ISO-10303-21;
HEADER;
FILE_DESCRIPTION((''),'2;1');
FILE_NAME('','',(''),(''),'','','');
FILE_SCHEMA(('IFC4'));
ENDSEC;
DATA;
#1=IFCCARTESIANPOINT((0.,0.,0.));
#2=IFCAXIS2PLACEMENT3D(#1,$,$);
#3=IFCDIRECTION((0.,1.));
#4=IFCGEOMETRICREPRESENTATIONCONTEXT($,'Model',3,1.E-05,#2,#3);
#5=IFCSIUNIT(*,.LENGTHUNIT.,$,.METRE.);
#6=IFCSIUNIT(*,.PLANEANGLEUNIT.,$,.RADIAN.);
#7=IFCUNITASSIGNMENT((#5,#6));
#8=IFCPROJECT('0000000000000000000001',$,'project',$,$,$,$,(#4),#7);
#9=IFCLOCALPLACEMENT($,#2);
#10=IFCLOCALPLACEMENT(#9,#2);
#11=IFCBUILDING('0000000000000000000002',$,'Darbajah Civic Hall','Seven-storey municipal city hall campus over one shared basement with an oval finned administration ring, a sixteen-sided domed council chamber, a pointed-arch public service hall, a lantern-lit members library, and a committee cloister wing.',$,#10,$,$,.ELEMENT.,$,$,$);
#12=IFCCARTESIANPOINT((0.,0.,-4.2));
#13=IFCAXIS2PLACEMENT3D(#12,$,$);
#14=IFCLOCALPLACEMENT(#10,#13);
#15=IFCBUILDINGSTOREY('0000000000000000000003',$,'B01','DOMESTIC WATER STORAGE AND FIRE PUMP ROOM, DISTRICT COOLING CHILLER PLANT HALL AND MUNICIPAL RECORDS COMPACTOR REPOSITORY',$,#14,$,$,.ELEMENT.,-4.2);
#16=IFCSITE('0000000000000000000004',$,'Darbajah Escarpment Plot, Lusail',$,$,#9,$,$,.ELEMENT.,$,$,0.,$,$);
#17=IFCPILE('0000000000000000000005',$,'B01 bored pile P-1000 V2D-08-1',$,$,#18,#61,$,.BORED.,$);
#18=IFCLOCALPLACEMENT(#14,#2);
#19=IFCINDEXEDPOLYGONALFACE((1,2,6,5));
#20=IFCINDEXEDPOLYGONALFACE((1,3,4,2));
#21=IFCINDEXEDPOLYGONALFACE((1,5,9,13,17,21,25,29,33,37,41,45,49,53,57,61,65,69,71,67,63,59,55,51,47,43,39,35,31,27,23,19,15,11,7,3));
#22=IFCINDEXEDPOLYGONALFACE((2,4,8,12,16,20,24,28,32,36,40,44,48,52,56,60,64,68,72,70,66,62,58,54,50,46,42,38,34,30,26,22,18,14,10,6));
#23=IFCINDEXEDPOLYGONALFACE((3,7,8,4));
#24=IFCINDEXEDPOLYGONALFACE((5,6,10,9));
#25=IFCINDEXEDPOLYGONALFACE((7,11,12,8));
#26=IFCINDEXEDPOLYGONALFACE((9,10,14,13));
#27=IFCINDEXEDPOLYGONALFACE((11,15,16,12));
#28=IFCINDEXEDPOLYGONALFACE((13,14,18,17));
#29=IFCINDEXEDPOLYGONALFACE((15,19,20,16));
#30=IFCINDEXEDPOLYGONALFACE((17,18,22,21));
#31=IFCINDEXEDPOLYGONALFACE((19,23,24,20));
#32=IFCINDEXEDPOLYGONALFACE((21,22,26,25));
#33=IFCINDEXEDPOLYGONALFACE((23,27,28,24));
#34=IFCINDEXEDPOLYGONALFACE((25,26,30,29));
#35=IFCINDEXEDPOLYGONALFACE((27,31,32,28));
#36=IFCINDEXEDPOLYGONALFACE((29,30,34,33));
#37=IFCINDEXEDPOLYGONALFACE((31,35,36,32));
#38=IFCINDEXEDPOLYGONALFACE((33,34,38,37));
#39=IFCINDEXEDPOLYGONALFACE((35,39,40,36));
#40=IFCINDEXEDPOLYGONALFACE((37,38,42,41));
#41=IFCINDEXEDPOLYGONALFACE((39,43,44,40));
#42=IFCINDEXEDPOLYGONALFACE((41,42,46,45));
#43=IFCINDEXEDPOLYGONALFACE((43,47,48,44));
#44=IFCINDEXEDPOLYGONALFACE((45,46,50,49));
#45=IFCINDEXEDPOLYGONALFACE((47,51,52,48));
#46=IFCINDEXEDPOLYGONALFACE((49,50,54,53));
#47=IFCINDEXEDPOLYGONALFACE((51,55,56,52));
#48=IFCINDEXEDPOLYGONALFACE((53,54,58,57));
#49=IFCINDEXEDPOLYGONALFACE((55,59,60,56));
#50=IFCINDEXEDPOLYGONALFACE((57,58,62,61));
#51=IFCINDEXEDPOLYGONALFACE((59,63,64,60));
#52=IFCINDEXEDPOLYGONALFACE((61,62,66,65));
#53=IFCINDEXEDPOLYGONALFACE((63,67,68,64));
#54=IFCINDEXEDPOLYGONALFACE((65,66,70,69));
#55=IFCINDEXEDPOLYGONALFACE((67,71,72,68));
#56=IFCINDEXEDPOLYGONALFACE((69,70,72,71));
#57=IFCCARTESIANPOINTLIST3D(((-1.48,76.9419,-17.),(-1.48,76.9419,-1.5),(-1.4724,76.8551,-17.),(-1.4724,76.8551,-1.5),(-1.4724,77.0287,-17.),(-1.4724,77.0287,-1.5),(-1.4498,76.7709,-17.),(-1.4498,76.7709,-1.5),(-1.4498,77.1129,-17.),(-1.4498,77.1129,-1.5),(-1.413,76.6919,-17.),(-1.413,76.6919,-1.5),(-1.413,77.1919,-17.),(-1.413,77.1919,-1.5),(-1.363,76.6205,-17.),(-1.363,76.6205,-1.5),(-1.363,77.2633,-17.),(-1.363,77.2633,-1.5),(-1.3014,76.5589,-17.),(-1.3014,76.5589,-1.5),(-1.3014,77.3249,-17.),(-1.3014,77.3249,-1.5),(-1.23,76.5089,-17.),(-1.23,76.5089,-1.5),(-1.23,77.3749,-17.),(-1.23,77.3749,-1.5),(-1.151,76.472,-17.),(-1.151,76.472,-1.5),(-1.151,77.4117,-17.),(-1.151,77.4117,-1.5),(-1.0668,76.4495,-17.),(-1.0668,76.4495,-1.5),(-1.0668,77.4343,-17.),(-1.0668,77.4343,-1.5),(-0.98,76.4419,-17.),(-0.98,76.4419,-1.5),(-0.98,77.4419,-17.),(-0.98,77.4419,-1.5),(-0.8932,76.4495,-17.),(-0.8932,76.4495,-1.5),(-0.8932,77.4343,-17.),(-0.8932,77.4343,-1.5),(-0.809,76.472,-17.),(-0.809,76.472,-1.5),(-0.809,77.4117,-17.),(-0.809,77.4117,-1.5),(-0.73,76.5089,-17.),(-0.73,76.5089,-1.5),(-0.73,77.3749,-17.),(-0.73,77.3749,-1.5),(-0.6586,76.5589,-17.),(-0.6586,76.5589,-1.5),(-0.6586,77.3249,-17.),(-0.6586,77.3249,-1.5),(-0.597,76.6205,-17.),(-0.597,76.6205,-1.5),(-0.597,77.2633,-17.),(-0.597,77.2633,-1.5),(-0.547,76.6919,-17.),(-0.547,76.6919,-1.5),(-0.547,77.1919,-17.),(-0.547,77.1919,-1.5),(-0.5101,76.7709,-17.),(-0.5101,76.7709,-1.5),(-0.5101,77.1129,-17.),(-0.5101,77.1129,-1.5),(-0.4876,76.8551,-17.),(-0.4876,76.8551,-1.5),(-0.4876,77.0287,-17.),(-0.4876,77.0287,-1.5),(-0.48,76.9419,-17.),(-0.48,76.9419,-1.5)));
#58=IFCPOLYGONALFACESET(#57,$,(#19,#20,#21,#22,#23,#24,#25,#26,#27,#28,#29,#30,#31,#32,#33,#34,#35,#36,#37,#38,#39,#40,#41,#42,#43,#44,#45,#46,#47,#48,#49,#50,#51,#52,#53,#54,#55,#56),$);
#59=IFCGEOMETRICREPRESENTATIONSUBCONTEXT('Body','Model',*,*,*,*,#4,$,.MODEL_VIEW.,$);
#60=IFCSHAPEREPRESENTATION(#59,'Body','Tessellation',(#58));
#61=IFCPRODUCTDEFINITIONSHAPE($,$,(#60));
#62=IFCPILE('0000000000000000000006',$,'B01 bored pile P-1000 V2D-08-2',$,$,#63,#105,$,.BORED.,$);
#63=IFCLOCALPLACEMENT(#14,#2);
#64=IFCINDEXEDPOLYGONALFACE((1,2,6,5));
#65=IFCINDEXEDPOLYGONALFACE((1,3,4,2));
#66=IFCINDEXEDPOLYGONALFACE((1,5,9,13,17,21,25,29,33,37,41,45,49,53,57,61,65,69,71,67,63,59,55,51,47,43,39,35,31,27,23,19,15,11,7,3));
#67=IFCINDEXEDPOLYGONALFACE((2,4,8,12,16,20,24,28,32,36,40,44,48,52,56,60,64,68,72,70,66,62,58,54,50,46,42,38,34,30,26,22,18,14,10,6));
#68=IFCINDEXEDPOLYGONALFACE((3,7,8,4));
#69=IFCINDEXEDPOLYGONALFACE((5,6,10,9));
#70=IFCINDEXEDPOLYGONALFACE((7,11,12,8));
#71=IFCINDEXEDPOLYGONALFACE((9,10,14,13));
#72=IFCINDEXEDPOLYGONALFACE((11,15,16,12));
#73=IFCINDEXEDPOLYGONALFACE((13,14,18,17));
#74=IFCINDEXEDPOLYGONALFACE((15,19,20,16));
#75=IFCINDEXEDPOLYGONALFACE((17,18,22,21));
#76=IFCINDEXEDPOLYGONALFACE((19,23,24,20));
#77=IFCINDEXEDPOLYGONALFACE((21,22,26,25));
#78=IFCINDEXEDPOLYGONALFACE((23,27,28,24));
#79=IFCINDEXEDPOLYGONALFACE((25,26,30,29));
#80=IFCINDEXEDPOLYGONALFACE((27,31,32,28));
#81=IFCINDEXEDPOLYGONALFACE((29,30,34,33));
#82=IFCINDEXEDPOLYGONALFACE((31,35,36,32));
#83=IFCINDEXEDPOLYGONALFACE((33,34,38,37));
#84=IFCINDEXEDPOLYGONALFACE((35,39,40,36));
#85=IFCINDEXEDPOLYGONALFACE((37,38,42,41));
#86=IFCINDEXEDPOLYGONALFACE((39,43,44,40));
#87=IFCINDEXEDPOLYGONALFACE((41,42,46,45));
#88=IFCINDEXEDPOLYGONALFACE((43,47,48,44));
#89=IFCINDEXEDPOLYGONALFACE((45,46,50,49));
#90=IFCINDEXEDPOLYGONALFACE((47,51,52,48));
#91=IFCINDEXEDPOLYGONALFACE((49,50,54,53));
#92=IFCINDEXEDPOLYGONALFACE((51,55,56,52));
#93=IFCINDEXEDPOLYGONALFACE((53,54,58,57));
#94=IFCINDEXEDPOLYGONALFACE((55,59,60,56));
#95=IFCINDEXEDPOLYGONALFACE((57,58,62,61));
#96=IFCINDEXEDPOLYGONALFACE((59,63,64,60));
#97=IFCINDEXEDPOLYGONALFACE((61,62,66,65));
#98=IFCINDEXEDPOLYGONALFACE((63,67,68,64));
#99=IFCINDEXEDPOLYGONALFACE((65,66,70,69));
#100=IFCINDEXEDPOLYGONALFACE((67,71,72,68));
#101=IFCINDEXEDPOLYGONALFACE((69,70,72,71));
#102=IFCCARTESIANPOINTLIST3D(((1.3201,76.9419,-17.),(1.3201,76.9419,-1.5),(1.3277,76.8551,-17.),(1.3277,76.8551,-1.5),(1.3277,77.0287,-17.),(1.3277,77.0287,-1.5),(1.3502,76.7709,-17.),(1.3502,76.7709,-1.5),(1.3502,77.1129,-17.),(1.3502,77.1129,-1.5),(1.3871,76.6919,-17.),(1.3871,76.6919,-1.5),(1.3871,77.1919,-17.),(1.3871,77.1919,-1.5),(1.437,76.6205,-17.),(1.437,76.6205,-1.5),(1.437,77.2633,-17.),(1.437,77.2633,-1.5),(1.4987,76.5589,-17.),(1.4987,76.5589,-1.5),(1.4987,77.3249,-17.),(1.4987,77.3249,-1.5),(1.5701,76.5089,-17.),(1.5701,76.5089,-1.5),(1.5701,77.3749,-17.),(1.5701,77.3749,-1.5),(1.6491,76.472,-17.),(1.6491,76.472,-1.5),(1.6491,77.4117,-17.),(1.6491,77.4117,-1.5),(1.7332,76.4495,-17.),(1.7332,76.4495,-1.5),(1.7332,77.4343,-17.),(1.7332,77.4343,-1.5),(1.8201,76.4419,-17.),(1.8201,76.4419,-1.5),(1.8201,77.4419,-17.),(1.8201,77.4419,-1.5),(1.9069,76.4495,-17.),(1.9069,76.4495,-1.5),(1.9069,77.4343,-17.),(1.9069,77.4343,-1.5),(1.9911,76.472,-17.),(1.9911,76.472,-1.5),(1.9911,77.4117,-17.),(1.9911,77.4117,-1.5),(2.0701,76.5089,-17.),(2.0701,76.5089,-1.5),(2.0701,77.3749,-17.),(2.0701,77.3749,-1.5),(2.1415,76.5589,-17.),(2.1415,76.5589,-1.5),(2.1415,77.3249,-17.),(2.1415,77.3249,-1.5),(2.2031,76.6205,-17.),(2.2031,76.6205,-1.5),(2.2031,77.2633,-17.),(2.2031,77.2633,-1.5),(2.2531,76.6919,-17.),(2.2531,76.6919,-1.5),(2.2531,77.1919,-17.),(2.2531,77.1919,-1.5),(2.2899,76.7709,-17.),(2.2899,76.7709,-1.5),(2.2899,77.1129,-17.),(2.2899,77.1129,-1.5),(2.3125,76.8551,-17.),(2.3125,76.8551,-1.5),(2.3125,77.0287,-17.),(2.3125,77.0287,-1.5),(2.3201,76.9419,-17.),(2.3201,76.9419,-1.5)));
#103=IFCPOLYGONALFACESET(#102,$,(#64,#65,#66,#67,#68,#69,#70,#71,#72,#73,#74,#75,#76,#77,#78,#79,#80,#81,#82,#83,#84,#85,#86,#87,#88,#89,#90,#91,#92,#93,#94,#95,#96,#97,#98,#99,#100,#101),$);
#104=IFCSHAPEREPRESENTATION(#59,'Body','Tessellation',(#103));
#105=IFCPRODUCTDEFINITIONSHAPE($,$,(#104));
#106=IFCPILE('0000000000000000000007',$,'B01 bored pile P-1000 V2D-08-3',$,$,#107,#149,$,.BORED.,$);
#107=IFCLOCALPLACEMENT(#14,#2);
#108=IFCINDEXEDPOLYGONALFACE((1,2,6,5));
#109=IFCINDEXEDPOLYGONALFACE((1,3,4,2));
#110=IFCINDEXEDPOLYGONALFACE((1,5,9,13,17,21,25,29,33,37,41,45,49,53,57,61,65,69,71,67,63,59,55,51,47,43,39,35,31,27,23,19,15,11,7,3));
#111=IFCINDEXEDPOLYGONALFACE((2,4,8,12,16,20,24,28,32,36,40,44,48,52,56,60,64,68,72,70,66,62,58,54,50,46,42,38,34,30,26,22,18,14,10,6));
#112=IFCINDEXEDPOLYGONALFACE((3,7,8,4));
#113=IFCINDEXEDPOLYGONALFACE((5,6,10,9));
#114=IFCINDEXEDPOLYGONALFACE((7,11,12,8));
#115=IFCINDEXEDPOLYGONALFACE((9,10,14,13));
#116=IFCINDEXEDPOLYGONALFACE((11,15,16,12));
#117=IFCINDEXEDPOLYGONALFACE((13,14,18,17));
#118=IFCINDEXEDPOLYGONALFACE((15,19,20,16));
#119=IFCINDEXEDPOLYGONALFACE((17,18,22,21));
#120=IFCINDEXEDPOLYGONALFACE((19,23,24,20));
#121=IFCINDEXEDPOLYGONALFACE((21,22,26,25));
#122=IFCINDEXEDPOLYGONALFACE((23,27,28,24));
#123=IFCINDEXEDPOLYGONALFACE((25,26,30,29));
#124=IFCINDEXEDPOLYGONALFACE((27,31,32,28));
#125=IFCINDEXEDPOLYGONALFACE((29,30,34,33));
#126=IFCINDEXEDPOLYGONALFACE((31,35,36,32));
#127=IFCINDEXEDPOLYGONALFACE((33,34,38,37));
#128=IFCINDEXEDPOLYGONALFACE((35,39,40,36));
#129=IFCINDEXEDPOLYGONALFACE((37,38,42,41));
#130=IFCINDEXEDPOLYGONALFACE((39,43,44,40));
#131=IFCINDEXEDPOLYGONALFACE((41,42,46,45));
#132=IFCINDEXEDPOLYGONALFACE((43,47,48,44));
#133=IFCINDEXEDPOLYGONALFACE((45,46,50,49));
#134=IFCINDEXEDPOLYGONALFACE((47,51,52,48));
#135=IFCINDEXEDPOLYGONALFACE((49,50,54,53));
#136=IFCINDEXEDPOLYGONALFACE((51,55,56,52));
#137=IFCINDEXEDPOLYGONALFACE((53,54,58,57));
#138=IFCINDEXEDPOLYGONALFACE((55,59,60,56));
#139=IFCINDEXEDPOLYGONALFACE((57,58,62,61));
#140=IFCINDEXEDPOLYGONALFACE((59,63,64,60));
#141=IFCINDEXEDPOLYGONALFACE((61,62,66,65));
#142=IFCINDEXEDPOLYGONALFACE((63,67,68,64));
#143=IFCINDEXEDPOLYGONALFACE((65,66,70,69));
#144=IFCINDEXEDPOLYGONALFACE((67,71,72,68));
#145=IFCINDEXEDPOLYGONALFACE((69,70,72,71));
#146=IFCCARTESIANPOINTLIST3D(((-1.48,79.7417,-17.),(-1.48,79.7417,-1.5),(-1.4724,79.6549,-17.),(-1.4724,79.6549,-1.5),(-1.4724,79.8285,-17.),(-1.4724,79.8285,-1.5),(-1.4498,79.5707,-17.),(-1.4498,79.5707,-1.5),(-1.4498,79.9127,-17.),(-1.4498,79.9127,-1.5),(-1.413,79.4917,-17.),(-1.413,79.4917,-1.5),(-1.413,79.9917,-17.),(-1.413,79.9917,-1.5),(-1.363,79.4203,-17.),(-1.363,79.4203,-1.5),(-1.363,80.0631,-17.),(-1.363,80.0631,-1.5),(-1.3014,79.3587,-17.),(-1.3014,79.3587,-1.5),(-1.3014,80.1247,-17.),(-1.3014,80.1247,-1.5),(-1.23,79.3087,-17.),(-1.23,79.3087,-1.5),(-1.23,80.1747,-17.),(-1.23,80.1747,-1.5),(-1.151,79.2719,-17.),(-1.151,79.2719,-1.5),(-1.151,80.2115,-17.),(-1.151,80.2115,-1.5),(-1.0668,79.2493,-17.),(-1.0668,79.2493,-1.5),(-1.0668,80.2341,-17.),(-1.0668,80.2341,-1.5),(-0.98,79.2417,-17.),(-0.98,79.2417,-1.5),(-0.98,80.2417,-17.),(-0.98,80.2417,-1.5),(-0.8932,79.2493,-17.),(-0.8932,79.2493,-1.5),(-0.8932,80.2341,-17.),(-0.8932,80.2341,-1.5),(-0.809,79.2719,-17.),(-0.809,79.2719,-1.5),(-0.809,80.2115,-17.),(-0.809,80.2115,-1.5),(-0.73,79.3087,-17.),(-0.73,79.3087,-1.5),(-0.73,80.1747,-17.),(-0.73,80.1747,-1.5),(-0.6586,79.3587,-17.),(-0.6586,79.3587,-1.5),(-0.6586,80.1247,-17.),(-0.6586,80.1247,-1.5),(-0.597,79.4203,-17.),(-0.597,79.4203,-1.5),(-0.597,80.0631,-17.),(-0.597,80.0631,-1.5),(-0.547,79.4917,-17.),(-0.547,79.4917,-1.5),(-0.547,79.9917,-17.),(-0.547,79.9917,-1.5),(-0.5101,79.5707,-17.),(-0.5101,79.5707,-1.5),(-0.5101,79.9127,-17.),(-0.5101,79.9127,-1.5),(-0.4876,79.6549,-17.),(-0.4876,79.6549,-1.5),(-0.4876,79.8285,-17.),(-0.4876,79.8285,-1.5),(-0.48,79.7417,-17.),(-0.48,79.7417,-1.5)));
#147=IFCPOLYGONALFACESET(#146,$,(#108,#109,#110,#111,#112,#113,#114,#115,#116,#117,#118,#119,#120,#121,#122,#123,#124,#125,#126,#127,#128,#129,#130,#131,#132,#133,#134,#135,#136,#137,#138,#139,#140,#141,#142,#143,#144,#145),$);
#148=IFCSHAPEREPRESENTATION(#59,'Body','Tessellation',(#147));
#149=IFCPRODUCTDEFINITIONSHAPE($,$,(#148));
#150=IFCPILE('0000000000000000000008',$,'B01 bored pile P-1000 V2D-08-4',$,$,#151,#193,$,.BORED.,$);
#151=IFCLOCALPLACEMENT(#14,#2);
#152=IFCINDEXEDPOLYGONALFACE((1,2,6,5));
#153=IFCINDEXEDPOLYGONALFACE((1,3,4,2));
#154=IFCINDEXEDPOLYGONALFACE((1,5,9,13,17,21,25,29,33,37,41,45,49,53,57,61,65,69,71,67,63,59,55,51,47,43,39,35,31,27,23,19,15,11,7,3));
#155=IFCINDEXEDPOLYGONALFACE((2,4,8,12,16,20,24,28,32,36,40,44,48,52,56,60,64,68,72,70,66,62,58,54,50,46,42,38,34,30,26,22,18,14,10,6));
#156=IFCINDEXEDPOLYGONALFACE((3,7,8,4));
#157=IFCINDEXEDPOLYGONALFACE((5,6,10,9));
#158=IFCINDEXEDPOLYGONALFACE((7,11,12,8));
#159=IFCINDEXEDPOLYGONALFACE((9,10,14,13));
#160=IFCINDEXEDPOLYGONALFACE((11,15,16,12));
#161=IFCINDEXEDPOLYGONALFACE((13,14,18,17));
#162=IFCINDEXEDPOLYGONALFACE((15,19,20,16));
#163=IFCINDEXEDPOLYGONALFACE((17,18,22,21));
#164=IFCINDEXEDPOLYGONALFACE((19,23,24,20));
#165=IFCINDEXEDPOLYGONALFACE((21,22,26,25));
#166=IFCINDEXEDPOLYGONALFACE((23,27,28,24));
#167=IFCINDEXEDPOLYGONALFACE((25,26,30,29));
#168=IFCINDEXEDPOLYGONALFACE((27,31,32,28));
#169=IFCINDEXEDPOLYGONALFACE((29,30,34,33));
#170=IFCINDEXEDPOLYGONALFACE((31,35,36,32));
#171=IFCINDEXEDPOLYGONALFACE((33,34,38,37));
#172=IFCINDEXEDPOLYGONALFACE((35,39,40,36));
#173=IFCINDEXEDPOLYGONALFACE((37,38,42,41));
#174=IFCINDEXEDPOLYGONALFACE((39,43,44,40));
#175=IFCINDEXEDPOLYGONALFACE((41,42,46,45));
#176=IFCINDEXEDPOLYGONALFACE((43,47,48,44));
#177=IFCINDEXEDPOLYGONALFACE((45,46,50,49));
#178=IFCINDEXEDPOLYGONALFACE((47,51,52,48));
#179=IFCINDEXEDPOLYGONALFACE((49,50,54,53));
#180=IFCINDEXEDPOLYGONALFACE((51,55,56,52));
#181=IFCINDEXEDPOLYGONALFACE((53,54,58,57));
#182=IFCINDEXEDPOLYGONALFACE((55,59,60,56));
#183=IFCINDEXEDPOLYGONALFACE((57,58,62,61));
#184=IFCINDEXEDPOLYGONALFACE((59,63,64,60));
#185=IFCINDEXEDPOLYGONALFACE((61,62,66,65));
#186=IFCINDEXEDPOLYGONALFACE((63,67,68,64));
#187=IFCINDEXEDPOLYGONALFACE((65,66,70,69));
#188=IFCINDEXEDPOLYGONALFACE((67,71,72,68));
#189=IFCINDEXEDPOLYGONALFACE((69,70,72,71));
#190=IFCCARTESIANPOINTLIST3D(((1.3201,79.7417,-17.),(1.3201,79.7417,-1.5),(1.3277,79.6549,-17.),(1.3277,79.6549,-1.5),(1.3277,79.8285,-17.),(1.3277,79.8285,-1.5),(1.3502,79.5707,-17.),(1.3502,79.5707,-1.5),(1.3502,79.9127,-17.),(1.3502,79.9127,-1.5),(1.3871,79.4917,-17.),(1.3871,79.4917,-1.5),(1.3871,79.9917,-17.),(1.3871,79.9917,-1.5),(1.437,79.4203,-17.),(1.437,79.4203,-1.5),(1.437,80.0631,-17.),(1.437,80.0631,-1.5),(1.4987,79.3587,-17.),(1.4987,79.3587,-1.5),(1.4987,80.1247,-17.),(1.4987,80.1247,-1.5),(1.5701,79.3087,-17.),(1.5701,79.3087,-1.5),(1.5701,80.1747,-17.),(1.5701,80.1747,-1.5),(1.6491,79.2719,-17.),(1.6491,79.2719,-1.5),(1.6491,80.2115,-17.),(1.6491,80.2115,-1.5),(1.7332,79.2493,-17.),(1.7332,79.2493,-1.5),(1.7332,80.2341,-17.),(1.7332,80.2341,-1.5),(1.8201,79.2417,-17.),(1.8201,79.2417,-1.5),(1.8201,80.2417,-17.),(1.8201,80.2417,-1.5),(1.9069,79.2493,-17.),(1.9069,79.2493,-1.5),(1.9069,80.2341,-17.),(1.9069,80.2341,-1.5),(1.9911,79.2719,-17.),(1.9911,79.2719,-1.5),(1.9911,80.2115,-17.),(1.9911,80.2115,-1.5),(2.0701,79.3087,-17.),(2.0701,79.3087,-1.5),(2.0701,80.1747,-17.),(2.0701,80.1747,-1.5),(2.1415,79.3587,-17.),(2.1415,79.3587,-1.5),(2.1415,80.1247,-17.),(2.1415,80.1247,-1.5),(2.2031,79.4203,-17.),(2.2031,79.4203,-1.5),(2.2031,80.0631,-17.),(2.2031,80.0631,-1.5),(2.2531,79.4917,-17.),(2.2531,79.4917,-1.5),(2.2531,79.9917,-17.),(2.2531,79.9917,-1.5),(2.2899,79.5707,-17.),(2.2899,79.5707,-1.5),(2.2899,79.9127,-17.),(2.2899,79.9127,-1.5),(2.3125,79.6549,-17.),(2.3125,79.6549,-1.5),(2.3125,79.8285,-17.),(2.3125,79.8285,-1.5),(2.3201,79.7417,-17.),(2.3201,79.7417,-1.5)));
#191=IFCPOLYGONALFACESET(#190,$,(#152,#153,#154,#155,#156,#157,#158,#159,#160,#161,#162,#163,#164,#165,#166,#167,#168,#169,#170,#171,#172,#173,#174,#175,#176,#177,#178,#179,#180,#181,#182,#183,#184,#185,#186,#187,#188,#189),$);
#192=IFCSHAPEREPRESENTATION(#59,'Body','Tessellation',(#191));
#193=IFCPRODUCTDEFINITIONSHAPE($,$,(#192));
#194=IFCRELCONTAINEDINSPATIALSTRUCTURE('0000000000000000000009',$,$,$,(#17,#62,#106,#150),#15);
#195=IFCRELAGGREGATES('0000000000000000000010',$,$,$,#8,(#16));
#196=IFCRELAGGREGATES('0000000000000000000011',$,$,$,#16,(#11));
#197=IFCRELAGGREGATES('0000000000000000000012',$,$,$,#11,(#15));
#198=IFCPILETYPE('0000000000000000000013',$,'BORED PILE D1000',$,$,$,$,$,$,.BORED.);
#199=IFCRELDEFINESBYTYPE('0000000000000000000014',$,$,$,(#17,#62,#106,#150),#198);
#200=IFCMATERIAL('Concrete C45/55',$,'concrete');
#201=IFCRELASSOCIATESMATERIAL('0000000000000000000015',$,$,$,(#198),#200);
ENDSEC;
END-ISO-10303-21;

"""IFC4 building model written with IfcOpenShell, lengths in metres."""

from ifc_helpers import new_model, si_unit, direction, frame, origin, origin_2d, place, context, subcontext, project, spatial, circle, extrude, material, material_profile, profile_set, type_object, element, save


model = new_model("IFC4")

# Units and contexts
model_context = context("Model", 3, precision=1e-05, world=origin(), true_north=direction((0.0, 1.0)))
body_context = subcontext(model_context, "Body", "Model", "MODEL_VIEW")
ifc_project = project(units=[si_unit("LENGTHUNIT", "METRE"), si_unit("PLANEANGLEUNIT", "RADIAN")], contexts=[model_context])

# Site, building, storey
site_placement = place(None, origin())
site = spatial("IfcSite", under=ifc_project, at=site_placement, Name="Darbajah Escarpment Plot, Lusail", CompositionType="ELEMENT", RefElevation=0.0)
building_placement = place(site_placement, origin())
building = spatial("IfcBuilding", under=site, at=building_placement, Name="Darbajah Civic Hall", Description="Seven-storey municipal city hall campus over one shared basement with an oval finned administration ring, a sixteen-sided domed council chamber, a pointed-arch public service hall, a lantern-lit members library, and a committee cloister wing.", CompositionType="ELEMENT")
storey_placement = place(building_placement, frame((0.0, 0.0, -4.2)))
storey = spatial("IfcBuildingStorey", under=building, at=storey_placement, Name="B01", Description="DOMESTIC WATER STORAGE AND FIRE PUMP ROOM, DISTRICT COOLING CHILLER PLANT HALL AND MUNICIPAL RECORDS COMPACTOR REPOSITORY", CompositionType="ELEMENT", Elevation=-4.2)

# Piles
ifc_material_1 = material(Name="Concrete C45/55", Category="concrete")
ifc_material_profile_1 = material_profile(ifc_material_1, circle(Radius=0.5, at=origin_2d()), Name="BORED PILE D1000")
ifc_profile_set_1 = profile_set([ifc_material_profile_1], Name="Concrete C45/55")
pile_type = type_object("IfcPileType", Name="BORED PILE D1000", PredefinedType="BORED", material=ifc_profile_set_1)
for number, where, z_axis, x_axis, name in (
    (1, (-0.98, 76.9419, -1.5), (0.0, 0.0, -1.0), (1.0, 0.0, 0.0), "B01 bored pile P-1000 V2D-08-1"),
    (2, (1.8201, 76.9419, -1.5), (0.0, 0.0, -1.0), (1.0, 0.0, 0.0), "B01 bored pile P-1000 V2D-08-2"),
    (3, (-0.98, 79.7417, -1.5), (0.0, 0.0, -1.0), (1.0, 0.0, 0.0), "B01 bored pile P-1000 V2D-08-3"),
    (4, (1.8201, 79.7417, -1.5), (0.0, 0.0, -1.0), (1.0, 0.0, 0.0), "B01 bored pile P-1000 V2D-08-4"),
):
    element("IfcPile", number, at=place(storey_placement, frame(where, z_axis=z_axis, x_axis=x_axis)), inside=storey, type_object=pile_type, Name=name, PredefinedType="BORED", context=body_context, shape_type="SweptSolid", body=[
        extrude(circle(Radius=0.5, at=origin_2d()), origin(), (0.0, 0.0, 1.0), 15.5),
    ])

save(model, "model.ifc")
